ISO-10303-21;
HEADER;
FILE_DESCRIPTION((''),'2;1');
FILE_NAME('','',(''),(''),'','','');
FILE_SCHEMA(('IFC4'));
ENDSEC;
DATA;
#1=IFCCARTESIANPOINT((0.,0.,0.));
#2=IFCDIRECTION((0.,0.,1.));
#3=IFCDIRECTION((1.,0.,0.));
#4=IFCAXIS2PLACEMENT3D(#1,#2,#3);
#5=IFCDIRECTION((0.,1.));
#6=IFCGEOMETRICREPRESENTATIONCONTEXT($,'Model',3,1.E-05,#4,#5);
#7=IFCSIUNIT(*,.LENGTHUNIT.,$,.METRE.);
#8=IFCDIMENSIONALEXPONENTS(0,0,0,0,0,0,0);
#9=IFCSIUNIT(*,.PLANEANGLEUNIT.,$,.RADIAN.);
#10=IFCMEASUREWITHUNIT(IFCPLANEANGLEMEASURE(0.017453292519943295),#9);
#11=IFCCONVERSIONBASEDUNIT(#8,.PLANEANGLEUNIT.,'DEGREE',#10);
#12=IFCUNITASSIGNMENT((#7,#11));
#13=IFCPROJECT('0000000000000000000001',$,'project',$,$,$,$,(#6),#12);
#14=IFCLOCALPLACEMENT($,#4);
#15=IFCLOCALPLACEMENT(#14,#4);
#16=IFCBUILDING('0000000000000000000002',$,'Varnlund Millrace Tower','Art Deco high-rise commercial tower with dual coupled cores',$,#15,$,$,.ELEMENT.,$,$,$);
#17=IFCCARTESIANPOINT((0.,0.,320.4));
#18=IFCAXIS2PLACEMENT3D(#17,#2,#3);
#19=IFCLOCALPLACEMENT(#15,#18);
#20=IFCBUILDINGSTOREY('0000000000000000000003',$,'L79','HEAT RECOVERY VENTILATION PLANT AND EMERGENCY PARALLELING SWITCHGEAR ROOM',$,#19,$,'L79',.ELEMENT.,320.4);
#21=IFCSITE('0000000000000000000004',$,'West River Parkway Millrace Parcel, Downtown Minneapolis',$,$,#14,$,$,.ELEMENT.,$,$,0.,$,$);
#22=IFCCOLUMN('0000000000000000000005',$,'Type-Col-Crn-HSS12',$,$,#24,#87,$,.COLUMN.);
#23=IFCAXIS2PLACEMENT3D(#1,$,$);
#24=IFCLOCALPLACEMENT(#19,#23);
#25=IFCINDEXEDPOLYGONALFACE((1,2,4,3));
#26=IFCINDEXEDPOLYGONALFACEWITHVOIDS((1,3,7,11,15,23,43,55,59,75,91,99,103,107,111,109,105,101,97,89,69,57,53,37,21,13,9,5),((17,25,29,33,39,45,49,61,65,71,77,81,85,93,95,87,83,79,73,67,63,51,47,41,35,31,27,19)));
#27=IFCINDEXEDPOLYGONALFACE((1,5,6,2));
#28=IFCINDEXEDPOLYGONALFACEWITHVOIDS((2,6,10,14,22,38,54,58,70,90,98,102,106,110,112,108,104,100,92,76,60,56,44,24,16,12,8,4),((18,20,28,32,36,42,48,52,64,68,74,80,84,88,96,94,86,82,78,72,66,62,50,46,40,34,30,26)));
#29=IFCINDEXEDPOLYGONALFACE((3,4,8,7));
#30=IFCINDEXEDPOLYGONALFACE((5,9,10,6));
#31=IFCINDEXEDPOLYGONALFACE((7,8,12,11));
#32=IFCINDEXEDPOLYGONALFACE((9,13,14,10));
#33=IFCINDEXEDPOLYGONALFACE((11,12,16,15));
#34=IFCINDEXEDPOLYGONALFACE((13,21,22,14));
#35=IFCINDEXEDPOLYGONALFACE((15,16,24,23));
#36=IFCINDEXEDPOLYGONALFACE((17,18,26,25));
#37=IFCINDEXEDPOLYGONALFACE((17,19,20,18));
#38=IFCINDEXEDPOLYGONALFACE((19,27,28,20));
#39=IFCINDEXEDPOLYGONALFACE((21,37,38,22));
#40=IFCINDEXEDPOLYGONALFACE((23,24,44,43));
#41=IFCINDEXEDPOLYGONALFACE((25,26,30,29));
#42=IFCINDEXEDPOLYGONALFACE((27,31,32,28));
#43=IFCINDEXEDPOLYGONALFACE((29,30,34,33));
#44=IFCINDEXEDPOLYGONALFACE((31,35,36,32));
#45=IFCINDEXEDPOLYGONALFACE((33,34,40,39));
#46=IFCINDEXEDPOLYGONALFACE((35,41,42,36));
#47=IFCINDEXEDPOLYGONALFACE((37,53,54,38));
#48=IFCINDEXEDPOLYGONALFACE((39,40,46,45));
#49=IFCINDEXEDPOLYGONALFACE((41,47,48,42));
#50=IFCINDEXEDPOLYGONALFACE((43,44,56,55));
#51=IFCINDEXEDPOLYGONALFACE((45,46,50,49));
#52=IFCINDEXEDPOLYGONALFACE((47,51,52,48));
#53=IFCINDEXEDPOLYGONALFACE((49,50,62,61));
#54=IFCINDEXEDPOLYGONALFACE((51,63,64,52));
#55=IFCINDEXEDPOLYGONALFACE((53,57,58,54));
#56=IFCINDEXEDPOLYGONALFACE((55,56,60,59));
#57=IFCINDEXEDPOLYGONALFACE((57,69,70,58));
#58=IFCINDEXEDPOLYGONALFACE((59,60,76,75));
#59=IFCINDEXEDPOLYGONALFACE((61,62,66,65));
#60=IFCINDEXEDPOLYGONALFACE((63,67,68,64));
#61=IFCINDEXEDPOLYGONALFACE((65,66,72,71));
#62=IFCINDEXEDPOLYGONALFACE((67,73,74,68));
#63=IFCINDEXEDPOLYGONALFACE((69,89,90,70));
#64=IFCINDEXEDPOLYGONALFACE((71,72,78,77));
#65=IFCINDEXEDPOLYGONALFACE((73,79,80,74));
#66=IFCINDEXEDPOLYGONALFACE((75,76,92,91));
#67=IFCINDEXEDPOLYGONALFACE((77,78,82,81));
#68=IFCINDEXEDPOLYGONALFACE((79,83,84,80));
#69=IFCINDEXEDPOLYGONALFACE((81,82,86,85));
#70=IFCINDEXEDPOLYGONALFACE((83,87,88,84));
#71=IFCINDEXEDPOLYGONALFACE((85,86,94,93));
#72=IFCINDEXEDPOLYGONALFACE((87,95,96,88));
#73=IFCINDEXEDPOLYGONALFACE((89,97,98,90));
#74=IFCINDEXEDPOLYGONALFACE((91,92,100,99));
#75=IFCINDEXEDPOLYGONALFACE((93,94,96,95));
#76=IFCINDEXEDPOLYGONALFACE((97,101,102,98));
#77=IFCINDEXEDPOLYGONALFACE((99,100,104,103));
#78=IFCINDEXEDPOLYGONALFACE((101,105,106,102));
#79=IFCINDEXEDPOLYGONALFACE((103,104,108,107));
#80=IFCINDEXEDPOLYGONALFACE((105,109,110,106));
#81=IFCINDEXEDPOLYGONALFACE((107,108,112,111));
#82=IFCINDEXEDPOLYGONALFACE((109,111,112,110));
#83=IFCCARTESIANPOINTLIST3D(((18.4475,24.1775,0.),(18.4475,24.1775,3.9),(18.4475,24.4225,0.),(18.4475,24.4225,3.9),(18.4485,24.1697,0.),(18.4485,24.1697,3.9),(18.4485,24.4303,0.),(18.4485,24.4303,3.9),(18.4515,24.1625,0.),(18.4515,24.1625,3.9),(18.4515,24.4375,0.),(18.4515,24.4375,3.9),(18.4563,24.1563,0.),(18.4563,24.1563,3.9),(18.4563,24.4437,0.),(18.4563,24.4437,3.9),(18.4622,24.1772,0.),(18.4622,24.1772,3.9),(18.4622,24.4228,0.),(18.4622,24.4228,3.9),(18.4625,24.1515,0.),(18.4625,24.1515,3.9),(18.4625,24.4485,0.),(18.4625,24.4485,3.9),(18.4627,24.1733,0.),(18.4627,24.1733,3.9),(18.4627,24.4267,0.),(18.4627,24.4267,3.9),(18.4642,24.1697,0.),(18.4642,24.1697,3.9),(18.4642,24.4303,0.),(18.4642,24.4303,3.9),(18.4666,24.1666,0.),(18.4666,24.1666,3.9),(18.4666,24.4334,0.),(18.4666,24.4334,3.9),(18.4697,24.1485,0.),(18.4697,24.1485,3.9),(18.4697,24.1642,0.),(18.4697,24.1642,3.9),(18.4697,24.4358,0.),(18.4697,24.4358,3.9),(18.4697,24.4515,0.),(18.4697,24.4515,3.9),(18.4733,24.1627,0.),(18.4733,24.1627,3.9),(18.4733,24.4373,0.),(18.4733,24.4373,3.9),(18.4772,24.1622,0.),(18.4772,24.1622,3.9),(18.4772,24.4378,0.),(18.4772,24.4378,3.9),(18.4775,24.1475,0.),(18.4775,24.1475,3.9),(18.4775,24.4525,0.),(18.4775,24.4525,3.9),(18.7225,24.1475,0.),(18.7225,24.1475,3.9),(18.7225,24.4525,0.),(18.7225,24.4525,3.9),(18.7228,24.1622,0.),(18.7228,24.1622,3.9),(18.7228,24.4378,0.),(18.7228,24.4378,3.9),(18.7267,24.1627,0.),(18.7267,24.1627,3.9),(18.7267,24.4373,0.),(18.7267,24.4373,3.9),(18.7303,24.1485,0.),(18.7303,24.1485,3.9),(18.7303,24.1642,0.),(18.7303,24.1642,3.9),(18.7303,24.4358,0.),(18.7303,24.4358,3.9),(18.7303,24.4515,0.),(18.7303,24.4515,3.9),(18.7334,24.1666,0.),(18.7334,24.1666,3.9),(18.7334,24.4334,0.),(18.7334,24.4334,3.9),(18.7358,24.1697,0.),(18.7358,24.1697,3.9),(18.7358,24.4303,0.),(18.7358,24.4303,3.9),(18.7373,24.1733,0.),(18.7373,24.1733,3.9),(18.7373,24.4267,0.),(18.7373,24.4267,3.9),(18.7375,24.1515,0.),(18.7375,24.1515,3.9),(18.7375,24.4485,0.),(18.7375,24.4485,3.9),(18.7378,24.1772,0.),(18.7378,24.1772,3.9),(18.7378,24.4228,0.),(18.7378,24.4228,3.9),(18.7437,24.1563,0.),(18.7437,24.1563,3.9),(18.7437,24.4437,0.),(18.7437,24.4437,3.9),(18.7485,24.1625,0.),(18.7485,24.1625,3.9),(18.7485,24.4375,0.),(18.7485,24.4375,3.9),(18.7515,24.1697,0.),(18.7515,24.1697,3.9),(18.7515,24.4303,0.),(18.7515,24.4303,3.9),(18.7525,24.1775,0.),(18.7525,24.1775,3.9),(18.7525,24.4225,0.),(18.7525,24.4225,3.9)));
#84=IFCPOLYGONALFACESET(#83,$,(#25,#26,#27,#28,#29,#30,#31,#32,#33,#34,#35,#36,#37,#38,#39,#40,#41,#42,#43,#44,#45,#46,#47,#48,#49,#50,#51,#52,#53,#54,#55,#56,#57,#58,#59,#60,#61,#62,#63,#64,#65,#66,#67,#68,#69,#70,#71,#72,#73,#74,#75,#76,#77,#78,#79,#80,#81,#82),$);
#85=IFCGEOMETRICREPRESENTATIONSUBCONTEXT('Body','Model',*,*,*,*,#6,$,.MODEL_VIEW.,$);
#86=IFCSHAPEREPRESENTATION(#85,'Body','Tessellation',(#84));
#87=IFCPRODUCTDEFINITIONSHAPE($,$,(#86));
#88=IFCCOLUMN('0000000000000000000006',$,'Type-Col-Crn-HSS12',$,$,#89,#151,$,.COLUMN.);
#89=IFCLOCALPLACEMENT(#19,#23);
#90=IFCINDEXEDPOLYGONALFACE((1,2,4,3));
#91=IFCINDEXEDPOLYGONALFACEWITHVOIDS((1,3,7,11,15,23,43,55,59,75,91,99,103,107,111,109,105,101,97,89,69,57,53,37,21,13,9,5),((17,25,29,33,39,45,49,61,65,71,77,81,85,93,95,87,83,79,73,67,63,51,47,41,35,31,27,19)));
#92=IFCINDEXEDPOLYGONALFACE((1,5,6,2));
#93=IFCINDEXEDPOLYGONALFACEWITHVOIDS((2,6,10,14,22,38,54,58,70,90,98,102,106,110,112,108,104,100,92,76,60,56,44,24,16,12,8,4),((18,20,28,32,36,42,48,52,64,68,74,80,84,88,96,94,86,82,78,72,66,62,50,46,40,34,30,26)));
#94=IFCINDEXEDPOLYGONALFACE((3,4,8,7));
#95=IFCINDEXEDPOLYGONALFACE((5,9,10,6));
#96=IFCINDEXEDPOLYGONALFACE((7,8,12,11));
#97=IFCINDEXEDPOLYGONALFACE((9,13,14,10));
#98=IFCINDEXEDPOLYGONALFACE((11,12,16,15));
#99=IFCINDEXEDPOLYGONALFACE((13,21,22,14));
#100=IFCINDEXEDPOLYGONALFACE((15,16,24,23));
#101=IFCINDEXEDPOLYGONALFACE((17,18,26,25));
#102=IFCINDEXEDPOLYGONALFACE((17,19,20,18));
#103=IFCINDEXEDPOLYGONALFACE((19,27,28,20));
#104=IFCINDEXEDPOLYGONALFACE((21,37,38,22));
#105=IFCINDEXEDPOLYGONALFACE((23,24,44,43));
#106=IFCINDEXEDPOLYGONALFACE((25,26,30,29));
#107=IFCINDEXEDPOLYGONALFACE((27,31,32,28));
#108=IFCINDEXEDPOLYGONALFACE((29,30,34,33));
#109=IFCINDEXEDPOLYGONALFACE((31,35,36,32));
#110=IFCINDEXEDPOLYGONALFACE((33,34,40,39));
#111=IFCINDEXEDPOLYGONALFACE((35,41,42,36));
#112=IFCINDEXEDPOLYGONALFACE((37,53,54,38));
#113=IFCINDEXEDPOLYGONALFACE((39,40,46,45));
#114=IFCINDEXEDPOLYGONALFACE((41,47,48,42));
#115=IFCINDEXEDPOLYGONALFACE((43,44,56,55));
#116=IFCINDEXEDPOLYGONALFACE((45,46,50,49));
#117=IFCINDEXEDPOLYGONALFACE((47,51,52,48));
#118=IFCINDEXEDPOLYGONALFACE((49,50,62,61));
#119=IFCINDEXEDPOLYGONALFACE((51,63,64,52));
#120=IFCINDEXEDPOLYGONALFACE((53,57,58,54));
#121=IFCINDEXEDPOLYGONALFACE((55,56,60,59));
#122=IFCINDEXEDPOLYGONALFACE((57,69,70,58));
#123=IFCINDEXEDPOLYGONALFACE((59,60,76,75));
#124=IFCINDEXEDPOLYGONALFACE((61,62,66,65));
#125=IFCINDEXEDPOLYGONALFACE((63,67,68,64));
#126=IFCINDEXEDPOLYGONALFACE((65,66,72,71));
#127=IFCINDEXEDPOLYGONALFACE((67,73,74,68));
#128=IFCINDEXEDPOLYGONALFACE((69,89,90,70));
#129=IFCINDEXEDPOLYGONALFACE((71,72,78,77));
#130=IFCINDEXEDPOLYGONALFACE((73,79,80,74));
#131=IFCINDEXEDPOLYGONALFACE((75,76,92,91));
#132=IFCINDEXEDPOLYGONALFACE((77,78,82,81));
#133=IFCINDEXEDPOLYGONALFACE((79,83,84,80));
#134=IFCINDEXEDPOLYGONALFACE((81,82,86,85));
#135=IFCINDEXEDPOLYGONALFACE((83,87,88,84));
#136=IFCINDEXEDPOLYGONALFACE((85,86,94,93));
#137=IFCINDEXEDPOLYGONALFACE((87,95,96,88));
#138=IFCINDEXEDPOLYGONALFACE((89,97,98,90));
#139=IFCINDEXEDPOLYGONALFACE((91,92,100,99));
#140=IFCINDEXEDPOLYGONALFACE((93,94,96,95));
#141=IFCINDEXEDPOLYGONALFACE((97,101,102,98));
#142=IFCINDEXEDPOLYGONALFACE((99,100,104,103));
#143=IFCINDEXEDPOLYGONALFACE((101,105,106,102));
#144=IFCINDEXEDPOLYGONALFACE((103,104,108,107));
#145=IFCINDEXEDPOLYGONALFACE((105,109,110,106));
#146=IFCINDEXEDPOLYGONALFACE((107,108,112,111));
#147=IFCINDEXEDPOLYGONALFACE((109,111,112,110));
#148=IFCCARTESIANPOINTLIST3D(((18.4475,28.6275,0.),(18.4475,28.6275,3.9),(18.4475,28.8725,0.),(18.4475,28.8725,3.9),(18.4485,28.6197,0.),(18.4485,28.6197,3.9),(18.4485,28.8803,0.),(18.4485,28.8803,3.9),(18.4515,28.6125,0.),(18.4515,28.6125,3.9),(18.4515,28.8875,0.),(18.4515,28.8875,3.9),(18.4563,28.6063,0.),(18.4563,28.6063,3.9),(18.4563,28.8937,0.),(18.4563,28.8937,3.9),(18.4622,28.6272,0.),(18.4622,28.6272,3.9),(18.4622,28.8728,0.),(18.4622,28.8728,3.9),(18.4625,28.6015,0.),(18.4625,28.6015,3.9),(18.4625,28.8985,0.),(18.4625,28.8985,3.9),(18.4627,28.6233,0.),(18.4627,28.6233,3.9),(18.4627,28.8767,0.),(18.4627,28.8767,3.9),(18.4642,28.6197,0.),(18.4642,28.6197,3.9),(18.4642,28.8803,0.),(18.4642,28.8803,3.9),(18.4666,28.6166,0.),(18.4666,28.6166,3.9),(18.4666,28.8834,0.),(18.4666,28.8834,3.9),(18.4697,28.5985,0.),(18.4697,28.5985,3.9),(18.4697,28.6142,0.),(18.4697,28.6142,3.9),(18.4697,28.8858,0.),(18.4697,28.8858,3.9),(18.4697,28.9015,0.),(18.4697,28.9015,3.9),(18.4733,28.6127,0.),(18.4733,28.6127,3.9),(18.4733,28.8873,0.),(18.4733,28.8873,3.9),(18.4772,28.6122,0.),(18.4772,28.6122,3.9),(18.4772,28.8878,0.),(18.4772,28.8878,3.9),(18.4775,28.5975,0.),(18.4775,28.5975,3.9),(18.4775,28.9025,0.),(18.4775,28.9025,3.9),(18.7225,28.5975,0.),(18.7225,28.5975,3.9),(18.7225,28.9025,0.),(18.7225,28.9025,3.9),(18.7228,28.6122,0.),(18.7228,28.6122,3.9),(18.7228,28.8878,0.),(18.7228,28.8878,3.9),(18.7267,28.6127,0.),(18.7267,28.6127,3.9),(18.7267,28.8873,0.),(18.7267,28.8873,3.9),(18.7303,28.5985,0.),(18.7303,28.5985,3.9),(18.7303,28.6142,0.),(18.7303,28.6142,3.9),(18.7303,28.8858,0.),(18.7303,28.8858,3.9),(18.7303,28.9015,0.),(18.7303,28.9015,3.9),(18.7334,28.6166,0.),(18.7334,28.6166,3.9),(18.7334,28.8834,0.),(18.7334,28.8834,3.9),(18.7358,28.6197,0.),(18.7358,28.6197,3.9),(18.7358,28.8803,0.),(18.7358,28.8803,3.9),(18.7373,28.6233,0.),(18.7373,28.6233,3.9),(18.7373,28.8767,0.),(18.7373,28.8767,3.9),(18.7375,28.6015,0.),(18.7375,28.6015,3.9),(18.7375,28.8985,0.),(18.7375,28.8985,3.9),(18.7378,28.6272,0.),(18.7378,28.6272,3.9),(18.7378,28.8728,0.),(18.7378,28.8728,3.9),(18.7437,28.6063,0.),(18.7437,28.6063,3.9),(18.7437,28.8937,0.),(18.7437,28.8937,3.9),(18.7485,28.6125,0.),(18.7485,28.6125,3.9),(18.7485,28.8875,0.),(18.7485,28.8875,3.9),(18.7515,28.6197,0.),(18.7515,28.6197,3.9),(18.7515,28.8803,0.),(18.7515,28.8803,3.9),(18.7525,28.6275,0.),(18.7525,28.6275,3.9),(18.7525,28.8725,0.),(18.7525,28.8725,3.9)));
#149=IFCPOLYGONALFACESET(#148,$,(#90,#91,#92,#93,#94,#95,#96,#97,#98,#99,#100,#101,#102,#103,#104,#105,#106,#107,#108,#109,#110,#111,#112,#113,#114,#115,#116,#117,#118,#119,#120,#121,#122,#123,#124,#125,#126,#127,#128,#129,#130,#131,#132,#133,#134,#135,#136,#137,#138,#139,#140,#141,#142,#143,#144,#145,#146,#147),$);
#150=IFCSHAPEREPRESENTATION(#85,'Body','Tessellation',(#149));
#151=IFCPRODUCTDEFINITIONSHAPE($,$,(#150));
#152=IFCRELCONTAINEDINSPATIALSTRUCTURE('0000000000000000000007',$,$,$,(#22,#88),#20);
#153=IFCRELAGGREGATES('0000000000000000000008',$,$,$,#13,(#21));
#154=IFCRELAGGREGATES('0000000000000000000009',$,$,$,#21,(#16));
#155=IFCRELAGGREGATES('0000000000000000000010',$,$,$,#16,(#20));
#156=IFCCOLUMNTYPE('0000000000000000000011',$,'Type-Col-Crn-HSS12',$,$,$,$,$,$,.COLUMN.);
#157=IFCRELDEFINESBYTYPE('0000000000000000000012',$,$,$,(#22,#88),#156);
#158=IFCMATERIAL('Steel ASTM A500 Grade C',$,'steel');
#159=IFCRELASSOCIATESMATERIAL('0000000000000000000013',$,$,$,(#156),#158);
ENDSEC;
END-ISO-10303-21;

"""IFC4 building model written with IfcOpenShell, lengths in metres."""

from ifc_helpers import new_model, entity, si_unit, converted_unit, direction, frame, origin_with_axes, origin_2d_with_axis, place, context, subcontext, project, spatial, hollow_rectangle, extrude, material, material_profile, profile_set, type_object, element, save


model = new_model("IFC4")

# Units and contexts
model_context = context("Model", 3, precision=1e-05, world=origin_with_axes(), true_north=direction((0.0, 1.0)))
body_context = subcontext(model_context, "Body", "Model", "MODEL_VIEW")
ifc_project = project(units=[si_unit("LENGTHUNIT", "METRE"), converted_unit("PLANEANGLEUNIT", "DEGREE", entity("IfcPlaneAngleMeasure", 0.017453292519943295), si_unit("PLANEANGLEUNIT", "RADIAN"), dimensions=[0, 0, 0, 0, 0, 0, 0])], contexts=[model_context])

# Site, building, storey
site_placement = place(None, origin_with_axes())
site = spatial("IfcSite", under=ifc_project, at=site_placement, Name="West River Parkway Millrace Parcel, Downtown Minneapolis", CompositionType="ELEMENT", RefElevation=0.0)
building_placement = place(site_placement, origin_with_axes())
building = spatial("IfcBuilding", under=site, at=building_placement, Name="Varnlund Millrace Tower", Description="Art Deco high-rise commercial tower with dual coupled cores", CompositionType="ELEMENT")
storey_placement = place(building_placement, frame((0.0, 0.0, 320.4), z_axis=(0.0, 0.0, 1.0), x_axis=(1.0, 0.0, 0.0)))
storey = spatial("IfcBuildingStorey", under=building, at=storey_placement, Name="L79", Description="HEAT RECOVERY VENTILATION PLANT AND EMERGENCY PARALLELING SWITCHGEAR ROOM", LongName="L79", CompositionType="ELEMENT", Elevation=320.4)

# Columns
ifc_material_1 = material(Name="Steel ASTM A500 Grade C", Category="steel")
ifc_material_profile_1 = material_profile(ifc_material_1, hollow_rectangle(XDim=0.305, YDim=0.305, WallThickness=0.0147, InnerFilletRadius=0.015, OuterFilletRadius=0.03, at=origin_2d_with_axis()), Name="Steel ASTM A500 Grade C")
ifc_profile_set_1 = profile_set([ifc_material_profile_1], Name="Steel ASTM A500 Grade C")
column_type = type_object("IfcColumnType", Name="Type-Col-Crn-HSS12", PredefinedType="COLUMN", material=ifc_profile_set_1)
for number, where, z_axis, x_axis, name in (
    (1, (18.6, 24.3, 0.0), (0.0, 0.0, 1.0), (1.0, 0.0, 0.0), "Type-Col-Crn-HSS12"),
    (2, (18.6, 28.75, 0.0), (0.0, 0.0, 1.0), (1.0, 0.0, 0.0), "Type-Col-Crn-HSS12"),
):
    element("IfcColumn", number, at=place(storey_placement, frame(where, z_axis=z_axis, x_axis=x_axis)), inside=storey, type_object=column_type, Name=name, PredefinedType="COLUMN", context=body_context, shape_type="SweptSolid", body=[
        extrude(hollow_rectangle(XDim=0.305, YDim=0.305, WallThickness=0.0147, InnerFilletRadius=0.015, OuterFilletRadius=0.03, at=origin_2d_with_axis()), origin_with_axes(), (0.0, 0.0, 1.0), 3.9),
    ])

save(model, "model.ifc")
